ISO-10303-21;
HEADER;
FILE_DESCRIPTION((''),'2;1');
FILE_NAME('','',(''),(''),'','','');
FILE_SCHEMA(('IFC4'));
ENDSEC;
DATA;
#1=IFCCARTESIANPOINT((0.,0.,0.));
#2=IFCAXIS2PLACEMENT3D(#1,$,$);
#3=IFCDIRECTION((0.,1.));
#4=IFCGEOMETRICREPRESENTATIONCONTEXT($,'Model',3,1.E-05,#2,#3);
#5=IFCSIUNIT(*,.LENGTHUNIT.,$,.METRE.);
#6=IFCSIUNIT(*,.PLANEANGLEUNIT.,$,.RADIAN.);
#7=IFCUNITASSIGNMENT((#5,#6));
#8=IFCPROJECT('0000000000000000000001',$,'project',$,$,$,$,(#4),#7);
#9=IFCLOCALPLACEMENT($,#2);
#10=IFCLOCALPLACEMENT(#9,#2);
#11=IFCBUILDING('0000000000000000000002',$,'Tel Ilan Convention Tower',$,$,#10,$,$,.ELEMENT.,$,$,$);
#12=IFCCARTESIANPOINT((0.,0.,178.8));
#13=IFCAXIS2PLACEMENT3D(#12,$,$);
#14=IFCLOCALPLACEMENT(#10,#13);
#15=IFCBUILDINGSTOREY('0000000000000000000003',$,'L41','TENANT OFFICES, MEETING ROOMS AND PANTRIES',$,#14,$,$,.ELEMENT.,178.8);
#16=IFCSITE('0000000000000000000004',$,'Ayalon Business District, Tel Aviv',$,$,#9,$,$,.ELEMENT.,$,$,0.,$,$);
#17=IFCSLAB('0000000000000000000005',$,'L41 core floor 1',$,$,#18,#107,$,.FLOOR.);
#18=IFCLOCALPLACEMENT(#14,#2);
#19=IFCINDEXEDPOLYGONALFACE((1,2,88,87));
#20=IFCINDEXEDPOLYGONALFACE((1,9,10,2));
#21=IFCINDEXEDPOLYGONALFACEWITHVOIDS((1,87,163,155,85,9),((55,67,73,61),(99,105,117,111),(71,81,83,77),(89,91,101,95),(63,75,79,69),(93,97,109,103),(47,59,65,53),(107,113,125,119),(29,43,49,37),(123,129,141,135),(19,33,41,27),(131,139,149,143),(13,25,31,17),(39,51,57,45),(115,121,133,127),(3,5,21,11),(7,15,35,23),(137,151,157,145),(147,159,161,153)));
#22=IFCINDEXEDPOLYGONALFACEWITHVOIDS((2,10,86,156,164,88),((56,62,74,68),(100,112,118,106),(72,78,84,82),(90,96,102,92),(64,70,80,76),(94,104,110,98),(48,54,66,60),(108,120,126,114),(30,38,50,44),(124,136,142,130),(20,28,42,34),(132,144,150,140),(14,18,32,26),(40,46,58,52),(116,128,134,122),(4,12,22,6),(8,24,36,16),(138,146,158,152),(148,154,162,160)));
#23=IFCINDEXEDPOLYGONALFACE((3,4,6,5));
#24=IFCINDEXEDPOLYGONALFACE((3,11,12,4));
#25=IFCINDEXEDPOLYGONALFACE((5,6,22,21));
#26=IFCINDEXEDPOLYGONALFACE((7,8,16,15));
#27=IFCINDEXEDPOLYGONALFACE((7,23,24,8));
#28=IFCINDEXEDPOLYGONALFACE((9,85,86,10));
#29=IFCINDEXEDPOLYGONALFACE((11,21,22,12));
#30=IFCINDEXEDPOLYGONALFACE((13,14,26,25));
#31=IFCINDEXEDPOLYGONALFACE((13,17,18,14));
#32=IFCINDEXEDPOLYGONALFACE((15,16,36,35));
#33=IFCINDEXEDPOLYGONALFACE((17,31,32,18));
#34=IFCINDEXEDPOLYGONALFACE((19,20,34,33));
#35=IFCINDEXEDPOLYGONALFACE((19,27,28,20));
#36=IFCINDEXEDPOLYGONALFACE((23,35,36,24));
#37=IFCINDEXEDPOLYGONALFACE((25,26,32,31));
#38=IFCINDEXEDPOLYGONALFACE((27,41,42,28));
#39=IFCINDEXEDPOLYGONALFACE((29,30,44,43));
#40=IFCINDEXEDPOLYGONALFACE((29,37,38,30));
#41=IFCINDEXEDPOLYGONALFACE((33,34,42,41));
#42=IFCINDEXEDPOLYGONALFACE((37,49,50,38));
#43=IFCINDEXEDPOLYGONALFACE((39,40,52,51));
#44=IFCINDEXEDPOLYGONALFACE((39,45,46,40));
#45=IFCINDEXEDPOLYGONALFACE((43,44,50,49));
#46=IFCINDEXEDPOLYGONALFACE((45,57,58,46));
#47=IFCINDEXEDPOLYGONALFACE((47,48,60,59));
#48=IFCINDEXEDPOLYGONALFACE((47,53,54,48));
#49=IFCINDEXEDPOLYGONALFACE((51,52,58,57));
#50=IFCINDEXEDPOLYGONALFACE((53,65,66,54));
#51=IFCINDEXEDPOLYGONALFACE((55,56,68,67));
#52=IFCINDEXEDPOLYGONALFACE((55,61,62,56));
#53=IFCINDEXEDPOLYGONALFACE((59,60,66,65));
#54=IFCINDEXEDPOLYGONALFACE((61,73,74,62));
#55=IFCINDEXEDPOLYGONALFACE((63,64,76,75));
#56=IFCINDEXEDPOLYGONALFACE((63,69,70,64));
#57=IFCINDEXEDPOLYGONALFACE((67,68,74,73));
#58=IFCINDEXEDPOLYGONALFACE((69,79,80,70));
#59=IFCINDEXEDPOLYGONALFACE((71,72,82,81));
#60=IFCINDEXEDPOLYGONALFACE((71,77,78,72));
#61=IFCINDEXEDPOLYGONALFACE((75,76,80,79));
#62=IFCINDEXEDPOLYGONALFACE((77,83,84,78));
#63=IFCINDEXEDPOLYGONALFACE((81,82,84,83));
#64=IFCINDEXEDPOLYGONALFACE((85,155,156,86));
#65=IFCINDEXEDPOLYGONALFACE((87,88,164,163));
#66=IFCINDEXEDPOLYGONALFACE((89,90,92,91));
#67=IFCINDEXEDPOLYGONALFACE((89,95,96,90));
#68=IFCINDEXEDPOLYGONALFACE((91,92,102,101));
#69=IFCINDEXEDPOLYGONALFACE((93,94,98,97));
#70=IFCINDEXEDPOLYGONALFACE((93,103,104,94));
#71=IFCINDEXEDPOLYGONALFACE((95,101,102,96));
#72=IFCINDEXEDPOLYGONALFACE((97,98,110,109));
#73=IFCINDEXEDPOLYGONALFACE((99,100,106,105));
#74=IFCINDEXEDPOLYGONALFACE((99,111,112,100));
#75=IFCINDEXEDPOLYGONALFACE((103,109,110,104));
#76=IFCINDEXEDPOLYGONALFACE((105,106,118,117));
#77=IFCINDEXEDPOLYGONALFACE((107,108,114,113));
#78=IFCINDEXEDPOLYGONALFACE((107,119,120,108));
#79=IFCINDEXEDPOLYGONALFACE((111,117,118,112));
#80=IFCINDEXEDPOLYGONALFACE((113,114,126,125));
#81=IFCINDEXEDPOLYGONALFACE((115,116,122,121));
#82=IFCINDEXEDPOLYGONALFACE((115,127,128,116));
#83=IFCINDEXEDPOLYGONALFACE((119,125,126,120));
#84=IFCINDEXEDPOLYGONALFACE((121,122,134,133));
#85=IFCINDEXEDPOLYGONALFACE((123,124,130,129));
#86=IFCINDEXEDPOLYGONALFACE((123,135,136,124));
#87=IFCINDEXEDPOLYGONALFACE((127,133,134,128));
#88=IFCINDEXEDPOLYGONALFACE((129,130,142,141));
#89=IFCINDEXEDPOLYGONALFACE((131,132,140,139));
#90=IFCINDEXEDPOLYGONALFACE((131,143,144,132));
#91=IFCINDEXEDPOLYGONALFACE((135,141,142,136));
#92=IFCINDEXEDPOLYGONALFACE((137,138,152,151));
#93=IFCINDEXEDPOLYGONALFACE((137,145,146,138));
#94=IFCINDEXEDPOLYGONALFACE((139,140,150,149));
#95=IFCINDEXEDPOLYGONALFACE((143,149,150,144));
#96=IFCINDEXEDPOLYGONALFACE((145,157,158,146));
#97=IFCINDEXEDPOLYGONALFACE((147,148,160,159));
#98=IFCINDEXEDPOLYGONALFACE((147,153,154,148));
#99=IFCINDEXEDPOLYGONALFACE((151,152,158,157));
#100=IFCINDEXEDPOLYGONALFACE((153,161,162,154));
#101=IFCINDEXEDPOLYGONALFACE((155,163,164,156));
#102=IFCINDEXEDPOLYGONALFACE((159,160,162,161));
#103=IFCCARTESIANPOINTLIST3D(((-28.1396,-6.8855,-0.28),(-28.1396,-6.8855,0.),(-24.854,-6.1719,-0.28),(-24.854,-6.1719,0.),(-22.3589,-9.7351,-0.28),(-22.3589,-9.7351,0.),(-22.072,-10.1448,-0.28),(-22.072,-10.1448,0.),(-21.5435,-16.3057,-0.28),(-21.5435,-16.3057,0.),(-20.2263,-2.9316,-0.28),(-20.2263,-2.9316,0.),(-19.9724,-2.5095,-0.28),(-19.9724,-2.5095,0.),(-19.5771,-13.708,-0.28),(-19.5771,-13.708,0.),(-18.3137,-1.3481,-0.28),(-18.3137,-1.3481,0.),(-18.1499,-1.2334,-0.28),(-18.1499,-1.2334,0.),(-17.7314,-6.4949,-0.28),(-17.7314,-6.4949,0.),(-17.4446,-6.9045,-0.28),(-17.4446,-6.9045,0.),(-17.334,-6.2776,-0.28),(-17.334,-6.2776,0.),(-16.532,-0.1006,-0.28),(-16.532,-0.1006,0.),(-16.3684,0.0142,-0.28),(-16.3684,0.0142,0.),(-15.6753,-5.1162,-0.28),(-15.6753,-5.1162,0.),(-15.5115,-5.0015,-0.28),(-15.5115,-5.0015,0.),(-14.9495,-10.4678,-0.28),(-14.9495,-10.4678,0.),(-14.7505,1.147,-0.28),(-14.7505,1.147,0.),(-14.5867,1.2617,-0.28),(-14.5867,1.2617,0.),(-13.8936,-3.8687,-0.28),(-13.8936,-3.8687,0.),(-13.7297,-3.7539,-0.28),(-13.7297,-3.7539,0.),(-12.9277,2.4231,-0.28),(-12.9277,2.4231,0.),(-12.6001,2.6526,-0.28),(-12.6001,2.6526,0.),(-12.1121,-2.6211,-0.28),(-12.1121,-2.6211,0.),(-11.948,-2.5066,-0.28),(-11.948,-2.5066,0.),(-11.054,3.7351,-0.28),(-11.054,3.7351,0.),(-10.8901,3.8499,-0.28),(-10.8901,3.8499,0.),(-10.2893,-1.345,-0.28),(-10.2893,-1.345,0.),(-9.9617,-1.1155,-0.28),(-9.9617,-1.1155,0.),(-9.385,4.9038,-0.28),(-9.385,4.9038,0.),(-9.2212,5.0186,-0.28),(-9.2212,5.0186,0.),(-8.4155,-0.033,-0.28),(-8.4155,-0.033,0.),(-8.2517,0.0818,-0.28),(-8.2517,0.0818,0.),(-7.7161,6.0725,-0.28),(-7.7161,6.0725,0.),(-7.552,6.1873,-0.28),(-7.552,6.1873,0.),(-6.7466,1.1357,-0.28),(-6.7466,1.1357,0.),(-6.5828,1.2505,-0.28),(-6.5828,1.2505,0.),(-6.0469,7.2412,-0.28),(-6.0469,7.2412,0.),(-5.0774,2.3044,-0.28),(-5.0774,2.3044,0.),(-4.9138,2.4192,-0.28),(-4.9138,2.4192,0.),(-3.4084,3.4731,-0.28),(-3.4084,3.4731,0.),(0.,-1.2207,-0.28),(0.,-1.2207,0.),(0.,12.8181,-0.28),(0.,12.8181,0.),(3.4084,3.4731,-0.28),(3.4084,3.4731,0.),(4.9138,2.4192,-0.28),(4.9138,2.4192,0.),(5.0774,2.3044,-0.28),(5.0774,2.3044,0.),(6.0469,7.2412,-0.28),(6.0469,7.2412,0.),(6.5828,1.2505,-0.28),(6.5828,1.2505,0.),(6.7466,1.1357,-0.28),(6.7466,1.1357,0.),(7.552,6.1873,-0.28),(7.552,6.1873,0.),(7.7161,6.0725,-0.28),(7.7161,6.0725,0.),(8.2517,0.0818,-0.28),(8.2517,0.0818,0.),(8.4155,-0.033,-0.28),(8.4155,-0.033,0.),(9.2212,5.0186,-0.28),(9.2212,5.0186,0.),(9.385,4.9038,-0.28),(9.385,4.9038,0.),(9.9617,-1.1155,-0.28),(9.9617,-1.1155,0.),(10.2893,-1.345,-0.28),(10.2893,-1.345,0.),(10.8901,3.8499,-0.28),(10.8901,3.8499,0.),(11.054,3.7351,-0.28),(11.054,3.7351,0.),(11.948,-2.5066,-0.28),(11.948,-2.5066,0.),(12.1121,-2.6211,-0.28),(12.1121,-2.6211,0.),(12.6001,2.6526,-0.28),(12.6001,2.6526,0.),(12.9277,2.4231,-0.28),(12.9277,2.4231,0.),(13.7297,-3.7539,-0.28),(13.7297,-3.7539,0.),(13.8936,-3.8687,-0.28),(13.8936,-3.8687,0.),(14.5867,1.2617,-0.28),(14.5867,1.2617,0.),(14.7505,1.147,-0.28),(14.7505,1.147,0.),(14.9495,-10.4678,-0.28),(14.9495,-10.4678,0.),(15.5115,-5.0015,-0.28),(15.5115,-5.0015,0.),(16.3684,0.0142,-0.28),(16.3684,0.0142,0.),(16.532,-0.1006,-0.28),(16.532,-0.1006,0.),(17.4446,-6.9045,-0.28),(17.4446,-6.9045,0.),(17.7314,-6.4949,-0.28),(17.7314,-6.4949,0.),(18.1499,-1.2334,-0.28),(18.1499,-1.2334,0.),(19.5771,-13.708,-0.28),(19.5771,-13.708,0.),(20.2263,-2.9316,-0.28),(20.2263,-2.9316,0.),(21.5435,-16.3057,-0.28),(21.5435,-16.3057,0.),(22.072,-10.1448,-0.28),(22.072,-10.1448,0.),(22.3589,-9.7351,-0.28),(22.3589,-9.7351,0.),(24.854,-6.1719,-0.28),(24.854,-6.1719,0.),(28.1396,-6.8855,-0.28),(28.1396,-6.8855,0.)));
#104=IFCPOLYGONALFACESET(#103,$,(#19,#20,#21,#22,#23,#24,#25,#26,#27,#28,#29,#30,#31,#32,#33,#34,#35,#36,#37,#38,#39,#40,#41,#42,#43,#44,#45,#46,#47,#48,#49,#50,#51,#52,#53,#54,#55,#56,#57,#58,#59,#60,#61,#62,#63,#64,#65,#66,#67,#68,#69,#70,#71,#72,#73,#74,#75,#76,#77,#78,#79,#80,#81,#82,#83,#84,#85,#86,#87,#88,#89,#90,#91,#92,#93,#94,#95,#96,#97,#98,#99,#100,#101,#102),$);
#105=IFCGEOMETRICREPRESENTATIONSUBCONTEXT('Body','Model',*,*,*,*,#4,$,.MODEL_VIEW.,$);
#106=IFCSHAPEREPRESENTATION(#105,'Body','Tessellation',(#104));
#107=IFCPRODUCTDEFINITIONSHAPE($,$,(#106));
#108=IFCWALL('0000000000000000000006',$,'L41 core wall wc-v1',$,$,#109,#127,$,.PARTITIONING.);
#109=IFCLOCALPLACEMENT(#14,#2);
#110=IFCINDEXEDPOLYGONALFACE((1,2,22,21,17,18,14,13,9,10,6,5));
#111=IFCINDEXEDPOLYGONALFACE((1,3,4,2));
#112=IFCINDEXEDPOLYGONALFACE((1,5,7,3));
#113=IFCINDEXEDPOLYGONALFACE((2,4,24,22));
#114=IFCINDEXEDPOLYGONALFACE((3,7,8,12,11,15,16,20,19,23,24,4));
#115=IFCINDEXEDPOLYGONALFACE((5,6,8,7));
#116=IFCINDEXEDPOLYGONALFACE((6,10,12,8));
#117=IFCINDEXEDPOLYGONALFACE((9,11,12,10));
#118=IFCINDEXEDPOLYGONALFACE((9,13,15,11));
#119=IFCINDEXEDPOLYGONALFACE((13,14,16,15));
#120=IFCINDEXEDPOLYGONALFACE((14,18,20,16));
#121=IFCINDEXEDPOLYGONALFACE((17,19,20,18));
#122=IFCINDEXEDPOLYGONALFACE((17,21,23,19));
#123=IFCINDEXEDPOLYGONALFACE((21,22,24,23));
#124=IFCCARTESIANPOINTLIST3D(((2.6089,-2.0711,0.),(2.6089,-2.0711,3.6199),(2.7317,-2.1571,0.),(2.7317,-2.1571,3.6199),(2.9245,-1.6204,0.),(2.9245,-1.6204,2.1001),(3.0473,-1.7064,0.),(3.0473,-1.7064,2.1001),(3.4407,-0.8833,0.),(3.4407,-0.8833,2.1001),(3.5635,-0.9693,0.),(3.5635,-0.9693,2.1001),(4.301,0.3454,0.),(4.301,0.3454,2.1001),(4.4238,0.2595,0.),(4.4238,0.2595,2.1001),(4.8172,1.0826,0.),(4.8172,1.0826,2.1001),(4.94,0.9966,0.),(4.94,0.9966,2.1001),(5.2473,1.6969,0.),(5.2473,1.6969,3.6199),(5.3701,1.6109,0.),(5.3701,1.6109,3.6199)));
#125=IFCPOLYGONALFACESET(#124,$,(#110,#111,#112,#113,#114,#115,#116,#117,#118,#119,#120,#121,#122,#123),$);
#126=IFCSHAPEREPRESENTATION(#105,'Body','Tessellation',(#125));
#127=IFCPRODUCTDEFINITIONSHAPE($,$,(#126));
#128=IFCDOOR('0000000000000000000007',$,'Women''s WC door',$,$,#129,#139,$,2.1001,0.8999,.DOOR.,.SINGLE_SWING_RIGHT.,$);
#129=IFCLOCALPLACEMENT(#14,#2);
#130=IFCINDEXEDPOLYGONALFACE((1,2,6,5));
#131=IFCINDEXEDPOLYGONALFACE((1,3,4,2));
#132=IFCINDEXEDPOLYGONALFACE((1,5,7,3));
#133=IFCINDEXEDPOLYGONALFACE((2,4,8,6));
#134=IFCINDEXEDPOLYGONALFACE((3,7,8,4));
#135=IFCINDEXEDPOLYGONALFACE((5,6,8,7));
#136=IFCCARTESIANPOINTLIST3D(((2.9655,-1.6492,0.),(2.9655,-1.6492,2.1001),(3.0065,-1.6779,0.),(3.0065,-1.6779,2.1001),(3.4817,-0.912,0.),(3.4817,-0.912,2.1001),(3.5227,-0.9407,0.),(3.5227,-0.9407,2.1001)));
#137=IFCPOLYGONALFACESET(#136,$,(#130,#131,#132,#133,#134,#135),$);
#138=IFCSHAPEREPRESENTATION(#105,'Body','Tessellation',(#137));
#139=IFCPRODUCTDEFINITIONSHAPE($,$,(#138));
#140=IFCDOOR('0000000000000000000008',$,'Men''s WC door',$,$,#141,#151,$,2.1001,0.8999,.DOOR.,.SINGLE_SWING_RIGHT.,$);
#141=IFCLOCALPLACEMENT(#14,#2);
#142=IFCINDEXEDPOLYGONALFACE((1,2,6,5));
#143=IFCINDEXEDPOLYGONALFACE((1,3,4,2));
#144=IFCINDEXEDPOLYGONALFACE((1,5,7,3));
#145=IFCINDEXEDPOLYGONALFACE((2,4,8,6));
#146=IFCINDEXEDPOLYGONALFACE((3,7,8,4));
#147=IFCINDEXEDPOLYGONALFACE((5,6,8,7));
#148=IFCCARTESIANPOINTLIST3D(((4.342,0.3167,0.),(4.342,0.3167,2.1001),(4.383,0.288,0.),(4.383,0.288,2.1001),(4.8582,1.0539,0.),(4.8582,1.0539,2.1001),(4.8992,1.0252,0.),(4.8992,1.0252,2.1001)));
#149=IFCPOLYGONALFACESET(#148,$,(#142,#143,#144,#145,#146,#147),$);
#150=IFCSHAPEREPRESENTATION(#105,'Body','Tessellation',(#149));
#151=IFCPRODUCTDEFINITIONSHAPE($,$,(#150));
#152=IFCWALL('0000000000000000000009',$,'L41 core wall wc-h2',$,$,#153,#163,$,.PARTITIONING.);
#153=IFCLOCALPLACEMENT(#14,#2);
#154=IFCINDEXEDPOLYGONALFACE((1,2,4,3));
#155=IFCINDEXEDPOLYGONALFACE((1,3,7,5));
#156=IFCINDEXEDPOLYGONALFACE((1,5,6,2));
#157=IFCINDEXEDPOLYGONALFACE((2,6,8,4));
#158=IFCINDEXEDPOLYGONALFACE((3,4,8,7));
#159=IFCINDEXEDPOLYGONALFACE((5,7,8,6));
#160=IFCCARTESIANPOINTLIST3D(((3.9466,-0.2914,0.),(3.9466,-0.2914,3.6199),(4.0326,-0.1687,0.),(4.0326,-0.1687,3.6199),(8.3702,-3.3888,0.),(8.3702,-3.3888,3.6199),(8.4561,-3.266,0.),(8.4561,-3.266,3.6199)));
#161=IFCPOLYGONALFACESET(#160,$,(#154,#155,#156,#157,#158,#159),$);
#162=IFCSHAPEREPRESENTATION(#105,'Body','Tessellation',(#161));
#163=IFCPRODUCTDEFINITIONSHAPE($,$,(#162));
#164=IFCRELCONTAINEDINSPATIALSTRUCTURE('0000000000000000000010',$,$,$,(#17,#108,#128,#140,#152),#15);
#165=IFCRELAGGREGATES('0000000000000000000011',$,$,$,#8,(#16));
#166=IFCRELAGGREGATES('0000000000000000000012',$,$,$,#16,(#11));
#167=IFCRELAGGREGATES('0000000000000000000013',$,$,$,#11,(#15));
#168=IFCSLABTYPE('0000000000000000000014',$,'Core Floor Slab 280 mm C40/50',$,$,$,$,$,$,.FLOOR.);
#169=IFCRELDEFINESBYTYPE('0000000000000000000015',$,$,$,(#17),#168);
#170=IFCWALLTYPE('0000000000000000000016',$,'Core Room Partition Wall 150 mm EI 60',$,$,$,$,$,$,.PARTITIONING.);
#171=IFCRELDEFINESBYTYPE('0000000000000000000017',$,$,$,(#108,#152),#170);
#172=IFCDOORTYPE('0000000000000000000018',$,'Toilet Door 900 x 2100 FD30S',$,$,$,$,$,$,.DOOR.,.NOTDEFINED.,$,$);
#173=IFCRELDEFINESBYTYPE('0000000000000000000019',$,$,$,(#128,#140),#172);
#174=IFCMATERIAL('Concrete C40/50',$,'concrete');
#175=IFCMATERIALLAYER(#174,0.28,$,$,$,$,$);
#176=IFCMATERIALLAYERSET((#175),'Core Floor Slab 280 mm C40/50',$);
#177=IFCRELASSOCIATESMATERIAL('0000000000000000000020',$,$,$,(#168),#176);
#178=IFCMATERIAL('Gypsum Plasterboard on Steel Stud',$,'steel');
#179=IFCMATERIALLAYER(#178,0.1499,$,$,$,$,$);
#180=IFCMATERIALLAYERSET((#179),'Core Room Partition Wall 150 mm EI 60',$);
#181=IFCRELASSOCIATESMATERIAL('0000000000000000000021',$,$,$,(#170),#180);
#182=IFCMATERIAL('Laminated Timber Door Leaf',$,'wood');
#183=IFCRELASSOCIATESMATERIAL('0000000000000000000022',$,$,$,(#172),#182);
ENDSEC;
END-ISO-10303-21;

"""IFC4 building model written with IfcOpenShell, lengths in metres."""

from ifc_helpers import new_model, si_unit, direction, frame, frame_2d, origin, place, context, subcontext, project, spatial, polyline, rectangle, outline, extrude, material, layer, layer_set, type_object, element, fill, save


model = new_model("IFC4")

# Units and contexts
model_context = context("Model", 3, precision=1e-05, world=origin(), true_north=direction((0.0, 1.0)))
body_context = subcontext(model_context, "Body", "Model", "MODEL_VIEW")
ifc_project = project(units=[si_unit("LENGTHUNIT", "METRE"), si_unit("PLANEANGLEUNIT", "RADIAN")], contexts=[model_context])

# Site, building, storey
site_placement = place(None, origin())
site = spatial("IfcSite", under=ifc_project, at=site_placement, Name="Ayalon Business District, Tel Aviv", CompositionType="ELEMENT", RefElevation=0.0)
building_placement = place(site_placement, origin())
building = spatial("IfcBuilding", under=site, at=building_placement, Name="Tel Ilan Convention Tower", CompositionType="ELEMENT")
storey_placement = place(building_placement, frame((0.0, 0.0, 178.8)))
storey = spatial("IfcBuildingStorey", under=building, at=storey_placement, Name="L41", Description="TENANT OFFICES, MEETING ROOMS AND PANTRIES", CompositionType="ELEMENT", Elevation=178.8)

# Slab
ifc_material_1 = material(Name="Concrete C40/50", Category="concrete")
ifc_layer_1 = layer(ifc_material_1, 0.28)
ifc_layer_set_1 = layer_set([ifc_layer_1], Name="Core Floor Slab 280 mm C40/50")
slab_type_1 = type_object("IfcSlabType", Name="Core Floor Slab 280 mm C40/50", PredefinedType="FLOOR", material=ifc_layer_set_1)
slab_1_placement = place(storey_placement, frame((0.0, 0.0, -0.28)))
element("IfcSlab", 1, at=slab_1_placement, inside=storey, type_object=slab_type_1, Name="L41 core floor 1", PredefinedType="FLOOR", context=body_context, shape_type="SweptSolid", body=[
    extrude(outline(polyline([(-28.1396, -6.8855), (0.0, 12.8181), (28.1396, -6.8855), (21.5435, -16.3057), (0.0, -1.2207), (-21.5435, -16.3057), (-28.1396, -6.8855)]), holes=[polyline([(-14.9495, -10.4678), (-17.4446, -6.9045), (-22.072, -10.1448), (-19.5771, -13.708), (-14.9495, -10.4678)]), polyline([(-17.7314, -6.4949), (-20.2263, -2.9316), (-24.854, -6.1719), (-22.3589, -9.7351), (-17.7314, -6.4949)]), polyline([(-18.3137, -1.3481), (-19.9724, -2.5095), (-17.334, -6.2776), (-15.6753, -5.1162), (-18.3137, -1.3481)]), polyline([(-16.532, -0.1006), (-18.1499, -1.2334), (-15.5115, -5.0015), (-13.8936, -3.8687), (-16.532, -0.1006)]), polyline([(-14.7505, 1.147), (-16.3684, 0.0142), (-13.7297, -3.7539), (-12.1121, -2.6211), (-14.7505, 1.147)]), polyline([(-12.9277, 2.4231), (-14.5867, 1.2617), (-11.948, -2.5066), (-10.2893, -1.345), (-12.9277, 2.4231)]), polyline([(-11.054, 3.7351), (-12.6001, 2.6526), (-9.9617, -1.1155), (-8.4155, -0.033), (-11.054, 3.7351)]), polyline([(-6.7466, 1.1357), (-9.385, 4.9038), (-10.8901, 3.8499), (-8.2517, 0.0818), (-6.7466, 1.1357)]), polyline([(-5.0774, 2.3044), (-7.7161, 6.0725), (-9.2212, 5.0186), (-6.5828, 1.2505), (-5.0774, 2.3044)]), polyline([(-6.0469, 7.2412), (-7.552, 6.1873), (-4.9138, 2.4192), (-3.4084, 3.4731), (-6.0469, 7.2412)]), polyline([(17.4446, -6.9045), (14.9495, -10.4678), (19.5771, -13.708), (22.072, -10.1448), (17.4446, -6.9045)]), polyline([(20.2263, -2.9316), (17.7314, -6.4949), (22.3589, -9.7351), (24.854, -6.1719), (20.2263, -2.9316)]), polyline([(13.8936, -3.8687), (15.5115, -5.0015), (18.1499, -1.2334), (16.532, -0.1006), (13.8936, -3.8687)]), polyline([(12.1121, -2.6211), (13.7297, -3.7539), (16.3684, 0.0142), (14.7505, 1.147), (12.1121, -2.6211)]), polyline([(11.948, -2.5066), (14.5867, 1.2617), (12.9277, 2.4231), (10.2893, -1.345), (11.948, -2.5066)]), polyline([(9.9617, -1.1155), (12.6001, 2.6526), (11.054, 3.7351), (8.4155, -0.033), (9.9617, -1.1155)]), polyline([(8.2517, 0.0818), (10.8901, 3.8499), (9.385, 4.9038), (6.7466, 1.1357), (8.2517, 0.0818)]), polyline([(5.0774, 2.3044), (6.5828, 1.2505), (9.2212, 5.0186), (7.7161, 6.0725), (5.0774, 2.3044)]), polyline([(3.4084, 3.4731), (4.9138, 2.4192), (7.552, 6.1873), (6.0469, 7.2412), (3.4084, 3.4731)])]), origin(), (0.0, 0.0, 1.0), 0.28),
])

# Wall, openings, doors
ifc_material_2 = material(Name="Gypsum Plasterboard on Steel Stud", Category="steel")
ifc_layer_2 = layer(ifc_material_2, 0.1499)
ifc_layer_set_2 = layer_set([ifc_layer_2], Name="Core Room Partition Wall 150 mm EI 60")
wall_type_1 = type_object("IfcWallType", Name="Core Room Partition Wall 150 mm EI 60", PredefinedType="PARTITIONING", material=ifc_layer_set_2)
wall_1_placement = place(storey_placement, frame((2.6704, -2.114, 0.0), z_axis=(0.0, 0.0, 1.0), x_axis=(0.573576, 0.819152, 0.0)))
wall_1 = element("IfcWall", 2, at=wall_1_placement, inside=storey, type_object=wall_type_1, Name="L41 core wall wc-v1", PredefinedType="PARTITIONING", context=body_context, shape_type="SweptSolid", body=[
    extrude(rectangle(XDim=4.5999, YDim=0.1499, at=frame_2d((2.2998, 0.0))), origin(), (0.0, 0.0, 1.0), 3.6199),
])
opening_1_placement = place(wall_1_placement, frame((0.55, 0.0, 0.0)))
opening_1 = element("IfcOpeningElement", 3, at=opening_1_placement, cuts=wall_1, PredefinedType="OPENING", context=body_context, shape_type="SweptSolid", body=[
    extrude(rectangle(XDim=0.8999, YDim=2.1001, at=frame_2d((0.45, 1.05))), frame((0.0, 0.085, 0.0), z_axis=(0.0, -1.0, 0.0), x_axis=(1.0, 0.0, 0.0)), (0.0, 0.0, 1.0), 0.1699),
])
opening_2_placement = place(wall_1_placement, frame((2.95, 0.0, 0.0)))
opening_2 = element("IfcOpeningElement", 4, at=opening_2_placement, cuts=wall_1, PredefinedType="OPENING", context=body_context, shape_type="SweptSolid", body=[
    extrude(rectangle(XDim=0.8999, YDim=2.1001, at=frame_2d((0.45, 1.05))), frame((0.0, 0.085, 0.0), z_axis=(0.0, -1.0, 0.0), x_axis=(1.0, 0.0, 0.0)), (0.0, 0.0, 1.0), 0.1699),
])
ifc_material_3 = material(Name="Laminated Timber Door Leaf", Category="wood")
door_type_1 = type_object("IfcDoorType", Name="Toilet Door 900 x 2100 FD30S", OperationType="NOTDEFINED", PredefinedType="DOOR", material=ifc_material_3)
door_1_placement = place(opening_1_placement, origin())
door_1 = element("IfcDoor", 5, at=door_1_placement, inside=storey, type_object=door_type_1, Name="Women's WC door", OperationType="SINGLE_SWING_RIGHT", OverallHeight=2.1001, OverallWidth=0.8999, PredefinedType="DOOR", context=body_context, shape_type="SweptSolid", body=[
    extrude(rectangle(XDim=0.8999, YDim=2.1001, at=frame_2d((0.45, 1.05))), frame((0.0, 0.0249, 0.0), z_axis=(0.0, -1.0, 0.0), x_axis=(1.0, 0.0, 0.0)), (0.0, 0.0, 1.0), 0.05),
])
fill(opening_1, door_1)
door_2_placement = place(opening_2_placement, origin())
door_2 = element("IfcDoor", 6, at=door_2_placement, inside=storey, type_object=door_type_1, Name="Men's WC door", OperationType="SINGLE_SWING_RIGHT", OverallHeight=2.1001, OverallWidth=0.8999, PredefinedType="DOOR", context=body_context, shape_type="SweptSolid", body=[
    extrude(rectangle(XDim=0.8999, YDim=2.1001, at=frame_2d((0.45, 1.05))), frame((0.0, 0.0249, 0.0), z_axis=(0.0, -1.0, 0.0), x_axis=(1.0, 0.0, 0.0)), (0.0, 0.0, 1.0), 0.05),
])
fill(opening_2, door_2)

# Wall
wall_2_placement = place(storey_placement, frame((3.9895, -0.23, 0.0), z_axis=(0.0, 0.0, 1.0), x_axis=(0.819153, -0.573575, 0.0)))
element("IfcWall", 7, at=wall_2_placement, inside=storey, type_object=wall_type_1, Name="L41 core wall wc-h2", PredefinedType="PARTITIONING", context=body_context, shape_type="SweptSolid", body=[
    extrude(rectangle(XDim=5.4001, YDim=0.1499, at=frame_2d((2.7002, 0.0))), origin(), (0.0, 0.0, 1.0), 3.6199),
])

save(model, "model.ifc")
